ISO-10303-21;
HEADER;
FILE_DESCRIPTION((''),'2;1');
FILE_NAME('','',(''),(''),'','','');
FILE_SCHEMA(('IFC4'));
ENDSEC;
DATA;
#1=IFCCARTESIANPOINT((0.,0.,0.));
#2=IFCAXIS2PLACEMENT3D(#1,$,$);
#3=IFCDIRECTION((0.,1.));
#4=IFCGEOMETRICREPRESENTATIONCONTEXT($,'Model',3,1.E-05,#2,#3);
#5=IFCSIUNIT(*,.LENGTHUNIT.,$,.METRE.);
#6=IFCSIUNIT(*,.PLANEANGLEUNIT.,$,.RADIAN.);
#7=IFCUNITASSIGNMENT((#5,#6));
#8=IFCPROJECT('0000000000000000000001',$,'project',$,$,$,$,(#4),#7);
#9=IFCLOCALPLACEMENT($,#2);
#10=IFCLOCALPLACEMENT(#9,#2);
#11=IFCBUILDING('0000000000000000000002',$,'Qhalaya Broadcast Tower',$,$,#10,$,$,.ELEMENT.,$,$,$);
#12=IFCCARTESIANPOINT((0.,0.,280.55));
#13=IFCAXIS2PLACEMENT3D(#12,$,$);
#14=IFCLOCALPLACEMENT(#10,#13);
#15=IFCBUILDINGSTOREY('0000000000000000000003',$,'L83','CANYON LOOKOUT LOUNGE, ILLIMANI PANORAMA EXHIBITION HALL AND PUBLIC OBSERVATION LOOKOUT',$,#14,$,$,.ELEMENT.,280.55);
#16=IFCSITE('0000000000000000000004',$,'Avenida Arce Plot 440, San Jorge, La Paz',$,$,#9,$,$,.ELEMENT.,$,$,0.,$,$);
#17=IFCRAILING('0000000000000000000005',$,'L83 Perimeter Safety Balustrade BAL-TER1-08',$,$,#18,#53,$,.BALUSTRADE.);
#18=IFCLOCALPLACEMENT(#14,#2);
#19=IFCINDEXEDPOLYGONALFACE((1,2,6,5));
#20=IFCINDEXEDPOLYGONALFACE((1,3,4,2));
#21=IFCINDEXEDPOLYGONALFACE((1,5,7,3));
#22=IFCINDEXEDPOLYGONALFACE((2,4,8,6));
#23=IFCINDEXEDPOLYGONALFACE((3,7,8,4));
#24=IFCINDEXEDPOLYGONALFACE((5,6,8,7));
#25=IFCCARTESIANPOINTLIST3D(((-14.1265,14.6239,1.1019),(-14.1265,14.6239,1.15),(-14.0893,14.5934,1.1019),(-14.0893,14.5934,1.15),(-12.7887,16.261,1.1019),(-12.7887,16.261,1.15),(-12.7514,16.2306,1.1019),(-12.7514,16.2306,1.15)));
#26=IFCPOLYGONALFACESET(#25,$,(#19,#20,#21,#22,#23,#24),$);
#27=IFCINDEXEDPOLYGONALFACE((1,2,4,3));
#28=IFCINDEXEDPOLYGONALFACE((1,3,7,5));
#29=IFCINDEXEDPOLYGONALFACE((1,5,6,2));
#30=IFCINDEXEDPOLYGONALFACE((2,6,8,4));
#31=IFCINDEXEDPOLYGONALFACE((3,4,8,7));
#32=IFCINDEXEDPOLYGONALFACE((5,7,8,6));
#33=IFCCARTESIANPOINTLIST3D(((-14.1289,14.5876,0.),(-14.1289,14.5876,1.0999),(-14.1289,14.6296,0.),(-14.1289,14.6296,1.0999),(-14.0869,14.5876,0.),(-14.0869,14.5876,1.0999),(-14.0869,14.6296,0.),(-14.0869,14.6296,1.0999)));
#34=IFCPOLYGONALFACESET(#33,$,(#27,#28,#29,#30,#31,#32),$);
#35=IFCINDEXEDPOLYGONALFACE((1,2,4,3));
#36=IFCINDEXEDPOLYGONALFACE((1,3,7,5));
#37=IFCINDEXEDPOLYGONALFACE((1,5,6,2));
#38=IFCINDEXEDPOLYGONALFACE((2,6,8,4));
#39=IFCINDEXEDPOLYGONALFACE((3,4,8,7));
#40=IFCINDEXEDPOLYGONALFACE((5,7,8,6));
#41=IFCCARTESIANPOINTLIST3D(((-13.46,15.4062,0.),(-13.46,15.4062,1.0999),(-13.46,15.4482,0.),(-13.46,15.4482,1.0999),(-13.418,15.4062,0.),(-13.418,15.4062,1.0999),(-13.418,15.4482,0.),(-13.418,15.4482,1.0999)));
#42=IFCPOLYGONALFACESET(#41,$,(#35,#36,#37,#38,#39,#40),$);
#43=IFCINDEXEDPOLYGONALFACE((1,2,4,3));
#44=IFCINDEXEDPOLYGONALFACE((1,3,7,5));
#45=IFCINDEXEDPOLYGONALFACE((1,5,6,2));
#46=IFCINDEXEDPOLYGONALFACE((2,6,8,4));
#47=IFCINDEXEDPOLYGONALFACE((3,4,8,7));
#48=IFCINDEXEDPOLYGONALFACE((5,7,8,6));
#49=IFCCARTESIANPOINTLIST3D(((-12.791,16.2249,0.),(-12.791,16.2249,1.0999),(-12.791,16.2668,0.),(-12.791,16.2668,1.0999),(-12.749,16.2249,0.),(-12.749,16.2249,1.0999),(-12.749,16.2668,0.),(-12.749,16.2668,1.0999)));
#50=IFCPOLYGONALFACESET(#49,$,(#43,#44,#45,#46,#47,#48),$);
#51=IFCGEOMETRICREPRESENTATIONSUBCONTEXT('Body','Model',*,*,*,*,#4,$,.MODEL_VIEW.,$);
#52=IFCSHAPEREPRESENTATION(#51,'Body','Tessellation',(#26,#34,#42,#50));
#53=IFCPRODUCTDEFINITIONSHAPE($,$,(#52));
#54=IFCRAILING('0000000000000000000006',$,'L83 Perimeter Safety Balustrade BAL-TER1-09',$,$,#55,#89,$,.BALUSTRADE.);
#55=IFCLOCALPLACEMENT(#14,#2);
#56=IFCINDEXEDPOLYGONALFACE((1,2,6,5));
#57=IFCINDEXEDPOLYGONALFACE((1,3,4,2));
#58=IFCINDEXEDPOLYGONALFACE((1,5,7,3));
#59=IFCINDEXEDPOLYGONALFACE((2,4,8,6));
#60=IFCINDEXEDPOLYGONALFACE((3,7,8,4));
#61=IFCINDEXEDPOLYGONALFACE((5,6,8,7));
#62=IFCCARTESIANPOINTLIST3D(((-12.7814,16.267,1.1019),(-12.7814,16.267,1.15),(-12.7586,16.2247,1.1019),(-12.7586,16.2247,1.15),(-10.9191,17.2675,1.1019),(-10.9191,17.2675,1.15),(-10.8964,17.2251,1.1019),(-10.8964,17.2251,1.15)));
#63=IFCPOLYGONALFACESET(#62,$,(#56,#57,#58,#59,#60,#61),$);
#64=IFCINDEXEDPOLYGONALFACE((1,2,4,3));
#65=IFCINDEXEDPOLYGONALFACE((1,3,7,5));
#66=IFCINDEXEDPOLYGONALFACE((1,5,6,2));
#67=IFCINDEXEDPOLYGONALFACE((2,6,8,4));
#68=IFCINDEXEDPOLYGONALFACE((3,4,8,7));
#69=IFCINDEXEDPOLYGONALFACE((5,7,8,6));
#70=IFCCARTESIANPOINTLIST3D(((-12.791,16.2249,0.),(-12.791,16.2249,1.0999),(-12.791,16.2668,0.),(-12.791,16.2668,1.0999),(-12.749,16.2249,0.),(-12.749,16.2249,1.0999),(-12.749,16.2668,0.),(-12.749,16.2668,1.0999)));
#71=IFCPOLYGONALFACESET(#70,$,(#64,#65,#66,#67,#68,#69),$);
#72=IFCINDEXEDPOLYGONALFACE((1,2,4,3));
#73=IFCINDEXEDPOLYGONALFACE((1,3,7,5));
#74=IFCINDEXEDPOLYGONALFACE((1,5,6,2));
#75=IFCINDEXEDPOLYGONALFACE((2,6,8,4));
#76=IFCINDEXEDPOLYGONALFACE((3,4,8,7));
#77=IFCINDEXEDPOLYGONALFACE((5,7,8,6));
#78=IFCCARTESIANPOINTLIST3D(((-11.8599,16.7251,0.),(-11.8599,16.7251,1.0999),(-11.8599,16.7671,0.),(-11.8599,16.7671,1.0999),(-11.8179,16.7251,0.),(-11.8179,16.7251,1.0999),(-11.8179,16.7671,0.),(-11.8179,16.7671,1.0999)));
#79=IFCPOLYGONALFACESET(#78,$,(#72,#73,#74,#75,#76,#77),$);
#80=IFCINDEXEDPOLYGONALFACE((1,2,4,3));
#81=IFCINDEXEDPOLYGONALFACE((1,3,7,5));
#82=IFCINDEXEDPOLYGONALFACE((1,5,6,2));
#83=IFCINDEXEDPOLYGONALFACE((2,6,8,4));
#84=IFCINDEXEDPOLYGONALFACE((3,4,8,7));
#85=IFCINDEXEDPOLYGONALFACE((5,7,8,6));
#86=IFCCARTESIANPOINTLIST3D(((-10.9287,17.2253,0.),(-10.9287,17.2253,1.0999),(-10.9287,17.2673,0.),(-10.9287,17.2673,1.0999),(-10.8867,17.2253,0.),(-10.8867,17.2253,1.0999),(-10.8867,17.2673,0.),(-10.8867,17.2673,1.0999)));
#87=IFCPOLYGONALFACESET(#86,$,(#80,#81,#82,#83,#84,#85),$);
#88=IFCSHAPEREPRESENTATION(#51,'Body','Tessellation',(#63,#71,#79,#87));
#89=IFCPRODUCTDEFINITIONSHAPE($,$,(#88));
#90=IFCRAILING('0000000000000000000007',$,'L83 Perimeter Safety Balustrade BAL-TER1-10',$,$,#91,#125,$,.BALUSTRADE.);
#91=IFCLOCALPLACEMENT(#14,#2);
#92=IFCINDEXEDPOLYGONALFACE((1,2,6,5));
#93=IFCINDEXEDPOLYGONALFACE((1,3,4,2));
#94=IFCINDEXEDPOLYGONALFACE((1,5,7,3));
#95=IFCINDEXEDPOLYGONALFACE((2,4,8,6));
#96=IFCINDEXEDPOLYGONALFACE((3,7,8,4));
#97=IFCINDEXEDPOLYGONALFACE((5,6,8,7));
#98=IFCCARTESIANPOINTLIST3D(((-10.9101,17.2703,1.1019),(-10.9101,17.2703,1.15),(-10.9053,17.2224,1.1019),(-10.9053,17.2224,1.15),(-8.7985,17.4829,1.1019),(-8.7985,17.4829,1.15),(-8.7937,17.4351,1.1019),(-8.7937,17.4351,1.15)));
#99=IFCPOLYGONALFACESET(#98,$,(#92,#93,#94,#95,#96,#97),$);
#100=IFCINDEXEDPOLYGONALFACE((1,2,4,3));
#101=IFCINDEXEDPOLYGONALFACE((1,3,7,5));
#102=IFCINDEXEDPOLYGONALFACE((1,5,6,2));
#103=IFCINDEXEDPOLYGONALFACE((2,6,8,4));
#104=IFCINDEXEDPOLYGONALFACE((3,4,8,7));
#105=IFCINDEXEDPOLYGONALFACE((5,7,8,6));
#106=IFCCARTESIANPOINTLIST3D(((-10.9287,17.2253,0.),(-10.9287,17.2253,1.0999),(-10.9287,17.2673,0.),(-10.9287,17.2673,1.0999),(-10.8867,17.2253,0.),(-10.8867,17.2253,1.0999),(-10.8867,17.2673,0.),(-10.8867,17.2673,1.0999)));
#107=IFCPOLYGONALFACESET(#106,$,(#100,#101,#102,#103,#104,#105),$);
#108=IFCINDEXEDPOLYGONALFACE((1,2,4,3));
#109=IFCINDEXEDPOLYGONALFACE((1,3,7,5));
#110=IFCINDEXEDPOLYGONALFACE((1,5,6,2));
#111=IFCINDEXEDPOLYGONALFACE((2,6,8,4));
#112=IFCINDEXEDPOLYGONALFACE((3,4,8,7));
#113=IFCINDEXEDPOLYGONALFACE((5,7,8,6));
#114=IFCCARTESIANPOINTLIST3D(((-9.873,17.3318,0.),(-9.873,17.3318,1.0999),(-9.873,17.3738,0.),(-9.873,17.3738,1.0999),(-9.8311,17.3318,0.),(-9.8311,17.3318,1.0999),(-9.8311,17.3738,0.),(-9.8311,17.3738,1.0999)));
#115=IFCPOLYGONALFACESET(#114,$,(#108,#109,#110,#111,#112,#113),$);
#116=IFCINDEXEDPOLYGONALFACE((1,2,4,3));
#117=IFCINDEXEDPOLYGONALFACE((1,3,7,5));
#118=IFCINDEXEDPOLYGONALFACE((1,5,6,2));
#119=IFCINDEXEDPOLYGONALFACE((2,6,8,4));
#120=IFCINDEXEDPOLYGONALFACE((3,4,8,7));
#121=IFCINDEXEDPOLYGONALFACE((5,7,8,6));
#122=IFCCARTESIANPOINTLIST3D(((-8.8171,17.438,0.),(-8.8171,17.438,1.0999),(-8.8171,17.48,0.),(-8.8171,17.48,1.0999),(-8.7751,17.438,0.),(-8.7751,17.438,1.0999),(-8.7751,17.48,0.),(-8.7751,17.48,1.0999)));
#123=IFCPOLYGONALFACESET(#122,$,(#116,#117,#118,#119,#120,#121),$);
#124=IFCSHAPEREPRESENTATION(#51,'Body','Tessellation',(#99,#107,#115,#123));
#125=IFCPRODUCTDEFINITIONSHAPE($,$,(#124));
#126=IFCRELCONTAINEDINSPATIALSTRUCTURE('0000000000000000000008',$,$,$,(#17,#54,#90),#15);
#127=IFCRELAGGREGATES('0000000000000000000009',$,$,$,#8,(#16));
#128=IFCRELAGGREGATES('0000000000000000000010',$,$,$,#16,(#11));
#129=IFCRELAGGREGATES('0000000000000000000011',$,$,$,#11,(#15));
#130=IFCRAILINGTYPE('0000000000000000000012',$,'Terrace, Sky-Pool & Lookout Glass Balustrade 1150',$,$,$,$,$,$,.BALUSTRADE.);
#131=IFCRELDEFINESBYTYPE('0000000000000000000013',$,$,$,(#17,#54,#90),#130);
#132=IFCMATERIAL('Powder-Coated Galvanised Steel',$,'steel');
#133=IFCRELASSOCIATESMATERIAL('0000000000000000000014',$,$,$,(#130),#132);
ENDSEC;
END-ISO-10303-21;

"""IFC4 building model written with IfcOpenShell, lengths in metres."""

from ifc_helpers import new_model, si_unit, direction, frame, origin, origin_2d, place, context, subcontext, project, spatial, rectangle, extrude, material, type_object, element, save


model = new_model("IFC4")

# Units and contexts
model_context = context("Model", 3, precision=1e-05, world=origin(), true_north=direction((0.0, 1.0)))
body_context = subcontext(model_context, "Body", "Model", "MODEL_VIEW")
ifc_project = project(units=[si_unit("LENGTHUNIT", "METRE"), si_unit("PLANEANGLEUNIT", "RADIAN")], contexts=[model_context])

# Site, building, storey
site_placement = place(None, origin())
site = spatial("IfcSite", under=ifc_project, at=site_placement, Name="Avenida Arce Plot 440, San Jorge, La Paz", CompositionType="ELEMENT", RefElevation=0.0)
building_placement = place(site_placement, origin())
building = spatial("IfcBuilding", under=site, at=building_placement, Name="Qhalaya Broadcast Tower", CompositionType="ELEMENT")
storey_placement = place(building_placement, frame((0.0, 0.0, 280.55)))
storey = spatial("IfcBuildingStorey", under=building, at=storey_placement, Name="L83", Description="CANYON LOOKOUT LOUNGE, ILLIMANI PANORAMA EXHIBITION HALL AND PUBLIC OBSERVATION LOOKOUT", CompositionType="ELEMENT", Elevation=280.55)

# Railings
ifc_material_1 = material(Name="Powder-Coated Galvanised Steel", Category="steel")
railing_type = type_object("IfcRailingType", Name="Terrace, Sky-Pool & Lookout Glass Balustrade 1150", PredefinedType="BALUSTRADE", material=ifc_material_1)
railing_1_placement = place(storey_placement, frame((-14.1079, 14.6086, 0.0)))
element("IfcRailing", 1, at=railing_1_placement, inside=storey, type_object=railing_type, Name="L83 Perimeter Safety Balustrade BAL-TER1-08", PredefinedType="BALUSTRADE", context=body_context, shape_type="SweptSolid", body=[
    extrude(rectangle(XDim=0.0481, YDim=0.0481, at=origin_2d()), frame((0.0, 0.0, 1.126), z_axis=(0.632772, 0.774338, 0.0), x_axis=(-0.774338, 0.632772, 0.0)), (0.0, 0.0, 1.0), 2.1143),
    extrude(rectangle(XDim=0.042, YDim=0.042, at=origin_2d()), origin(), (0.0, 0.0, 1.0), 1.0999),
    extrude(rectangle(XDim=0.042, YDim=0.042, at=origin_2d()), frame((0.6689, 0.8186, 0.0)), (0.0, 0.0, 1.0), 1.0999),
    extrude(rectangle(XDim=0.042, YDim=0.042, at=origin_2d()), frame((1.3379, 1.6372, 0.0)), (0.0, 0.0, 1.0), 1.0999),
])
railing_2_placement = place(storey_placement, frame((-12.77, 16.2458, 0.0)))
element("IfcRailing", 2, at=railing_2_placement, inside=storey, type_object=railing_type, Name="L83 Perimeter Safety Balustrade BAL-TER1-09", PredefinedType="BALUSTRADE", context=body_context, shape_type="SweptSolid", body=[
    extrude(rectangle(XDim=0.0481, YDim=0.0481, at=origin_2d()), frame((0.0, 0.0, 1.126), z_axis=(0.880923, 0.473259, 0.0), x_axis=(-0.473259, 0.880923, 0.0)), (0.0, 0.0, 1.0), 2.114),
    extrude(rectangle(XDim=0.042, YDim=0.042, at=origin_2d()), origin(), (0.0, 0.0, 1.0), 1.0999),
    extrude(rectangle(XDim=0.042, YDim=0.042, at=origin_2d()), frame((0.9312, 0.5002, 0.0)), (0.0, 0.0, 1.0), 1.0999),
    extrude(rectangle(XDim=0.042, YDim=0.042, at=origin_2d()), frame((1.8623, 1.0005, 0.0)), (0.0, 0.0, 1.0), 1.0999),
])
railing_3_placement = place(storey_placement, frame((-10.9077, 17.2463, 0.0)))
element("IfcRailing", 3, at=railing_3_placement, inside=storey, type_object=railing_type, Name="L83 Perimeter Safety Balustrade BAL-TER1-10", PredefinedType="BALUSTRADE", context=body_context, shape_type="SweptSolid", body=[
    extrude(rectangle(XDim=0.0481, YDim=0.0481, at=origin_2d()), frame((0.0, 0.0, 1.126), z_axis=(0.994967, 0.100198, 0.0), x_axis=(-0.100198, 0.994967, 0.0)), (0.0, 0.0, 1.0), 2.1223),
    extrude(rectangle(XDim=0.042, YDim=0.042, at=origin_2d()), origin(), (0.0, 0.0, 1.0), 1.0999),
    extrude(rectangle(XDim=0.042, YDim=0.042, at=origin_2d()), frame((1.0557, 0.1064, 0.0)), (0.0, 0.0, 1.0), 1.0999),
    extrude(rectangle(XDim=0.042, YDim=0.042, at=origin_2d()), frame((2.1116, 0.2126, 0.0)), (0.0, 0.0, 1.0), 1.0999),
])

save(model, "model.ifc")
